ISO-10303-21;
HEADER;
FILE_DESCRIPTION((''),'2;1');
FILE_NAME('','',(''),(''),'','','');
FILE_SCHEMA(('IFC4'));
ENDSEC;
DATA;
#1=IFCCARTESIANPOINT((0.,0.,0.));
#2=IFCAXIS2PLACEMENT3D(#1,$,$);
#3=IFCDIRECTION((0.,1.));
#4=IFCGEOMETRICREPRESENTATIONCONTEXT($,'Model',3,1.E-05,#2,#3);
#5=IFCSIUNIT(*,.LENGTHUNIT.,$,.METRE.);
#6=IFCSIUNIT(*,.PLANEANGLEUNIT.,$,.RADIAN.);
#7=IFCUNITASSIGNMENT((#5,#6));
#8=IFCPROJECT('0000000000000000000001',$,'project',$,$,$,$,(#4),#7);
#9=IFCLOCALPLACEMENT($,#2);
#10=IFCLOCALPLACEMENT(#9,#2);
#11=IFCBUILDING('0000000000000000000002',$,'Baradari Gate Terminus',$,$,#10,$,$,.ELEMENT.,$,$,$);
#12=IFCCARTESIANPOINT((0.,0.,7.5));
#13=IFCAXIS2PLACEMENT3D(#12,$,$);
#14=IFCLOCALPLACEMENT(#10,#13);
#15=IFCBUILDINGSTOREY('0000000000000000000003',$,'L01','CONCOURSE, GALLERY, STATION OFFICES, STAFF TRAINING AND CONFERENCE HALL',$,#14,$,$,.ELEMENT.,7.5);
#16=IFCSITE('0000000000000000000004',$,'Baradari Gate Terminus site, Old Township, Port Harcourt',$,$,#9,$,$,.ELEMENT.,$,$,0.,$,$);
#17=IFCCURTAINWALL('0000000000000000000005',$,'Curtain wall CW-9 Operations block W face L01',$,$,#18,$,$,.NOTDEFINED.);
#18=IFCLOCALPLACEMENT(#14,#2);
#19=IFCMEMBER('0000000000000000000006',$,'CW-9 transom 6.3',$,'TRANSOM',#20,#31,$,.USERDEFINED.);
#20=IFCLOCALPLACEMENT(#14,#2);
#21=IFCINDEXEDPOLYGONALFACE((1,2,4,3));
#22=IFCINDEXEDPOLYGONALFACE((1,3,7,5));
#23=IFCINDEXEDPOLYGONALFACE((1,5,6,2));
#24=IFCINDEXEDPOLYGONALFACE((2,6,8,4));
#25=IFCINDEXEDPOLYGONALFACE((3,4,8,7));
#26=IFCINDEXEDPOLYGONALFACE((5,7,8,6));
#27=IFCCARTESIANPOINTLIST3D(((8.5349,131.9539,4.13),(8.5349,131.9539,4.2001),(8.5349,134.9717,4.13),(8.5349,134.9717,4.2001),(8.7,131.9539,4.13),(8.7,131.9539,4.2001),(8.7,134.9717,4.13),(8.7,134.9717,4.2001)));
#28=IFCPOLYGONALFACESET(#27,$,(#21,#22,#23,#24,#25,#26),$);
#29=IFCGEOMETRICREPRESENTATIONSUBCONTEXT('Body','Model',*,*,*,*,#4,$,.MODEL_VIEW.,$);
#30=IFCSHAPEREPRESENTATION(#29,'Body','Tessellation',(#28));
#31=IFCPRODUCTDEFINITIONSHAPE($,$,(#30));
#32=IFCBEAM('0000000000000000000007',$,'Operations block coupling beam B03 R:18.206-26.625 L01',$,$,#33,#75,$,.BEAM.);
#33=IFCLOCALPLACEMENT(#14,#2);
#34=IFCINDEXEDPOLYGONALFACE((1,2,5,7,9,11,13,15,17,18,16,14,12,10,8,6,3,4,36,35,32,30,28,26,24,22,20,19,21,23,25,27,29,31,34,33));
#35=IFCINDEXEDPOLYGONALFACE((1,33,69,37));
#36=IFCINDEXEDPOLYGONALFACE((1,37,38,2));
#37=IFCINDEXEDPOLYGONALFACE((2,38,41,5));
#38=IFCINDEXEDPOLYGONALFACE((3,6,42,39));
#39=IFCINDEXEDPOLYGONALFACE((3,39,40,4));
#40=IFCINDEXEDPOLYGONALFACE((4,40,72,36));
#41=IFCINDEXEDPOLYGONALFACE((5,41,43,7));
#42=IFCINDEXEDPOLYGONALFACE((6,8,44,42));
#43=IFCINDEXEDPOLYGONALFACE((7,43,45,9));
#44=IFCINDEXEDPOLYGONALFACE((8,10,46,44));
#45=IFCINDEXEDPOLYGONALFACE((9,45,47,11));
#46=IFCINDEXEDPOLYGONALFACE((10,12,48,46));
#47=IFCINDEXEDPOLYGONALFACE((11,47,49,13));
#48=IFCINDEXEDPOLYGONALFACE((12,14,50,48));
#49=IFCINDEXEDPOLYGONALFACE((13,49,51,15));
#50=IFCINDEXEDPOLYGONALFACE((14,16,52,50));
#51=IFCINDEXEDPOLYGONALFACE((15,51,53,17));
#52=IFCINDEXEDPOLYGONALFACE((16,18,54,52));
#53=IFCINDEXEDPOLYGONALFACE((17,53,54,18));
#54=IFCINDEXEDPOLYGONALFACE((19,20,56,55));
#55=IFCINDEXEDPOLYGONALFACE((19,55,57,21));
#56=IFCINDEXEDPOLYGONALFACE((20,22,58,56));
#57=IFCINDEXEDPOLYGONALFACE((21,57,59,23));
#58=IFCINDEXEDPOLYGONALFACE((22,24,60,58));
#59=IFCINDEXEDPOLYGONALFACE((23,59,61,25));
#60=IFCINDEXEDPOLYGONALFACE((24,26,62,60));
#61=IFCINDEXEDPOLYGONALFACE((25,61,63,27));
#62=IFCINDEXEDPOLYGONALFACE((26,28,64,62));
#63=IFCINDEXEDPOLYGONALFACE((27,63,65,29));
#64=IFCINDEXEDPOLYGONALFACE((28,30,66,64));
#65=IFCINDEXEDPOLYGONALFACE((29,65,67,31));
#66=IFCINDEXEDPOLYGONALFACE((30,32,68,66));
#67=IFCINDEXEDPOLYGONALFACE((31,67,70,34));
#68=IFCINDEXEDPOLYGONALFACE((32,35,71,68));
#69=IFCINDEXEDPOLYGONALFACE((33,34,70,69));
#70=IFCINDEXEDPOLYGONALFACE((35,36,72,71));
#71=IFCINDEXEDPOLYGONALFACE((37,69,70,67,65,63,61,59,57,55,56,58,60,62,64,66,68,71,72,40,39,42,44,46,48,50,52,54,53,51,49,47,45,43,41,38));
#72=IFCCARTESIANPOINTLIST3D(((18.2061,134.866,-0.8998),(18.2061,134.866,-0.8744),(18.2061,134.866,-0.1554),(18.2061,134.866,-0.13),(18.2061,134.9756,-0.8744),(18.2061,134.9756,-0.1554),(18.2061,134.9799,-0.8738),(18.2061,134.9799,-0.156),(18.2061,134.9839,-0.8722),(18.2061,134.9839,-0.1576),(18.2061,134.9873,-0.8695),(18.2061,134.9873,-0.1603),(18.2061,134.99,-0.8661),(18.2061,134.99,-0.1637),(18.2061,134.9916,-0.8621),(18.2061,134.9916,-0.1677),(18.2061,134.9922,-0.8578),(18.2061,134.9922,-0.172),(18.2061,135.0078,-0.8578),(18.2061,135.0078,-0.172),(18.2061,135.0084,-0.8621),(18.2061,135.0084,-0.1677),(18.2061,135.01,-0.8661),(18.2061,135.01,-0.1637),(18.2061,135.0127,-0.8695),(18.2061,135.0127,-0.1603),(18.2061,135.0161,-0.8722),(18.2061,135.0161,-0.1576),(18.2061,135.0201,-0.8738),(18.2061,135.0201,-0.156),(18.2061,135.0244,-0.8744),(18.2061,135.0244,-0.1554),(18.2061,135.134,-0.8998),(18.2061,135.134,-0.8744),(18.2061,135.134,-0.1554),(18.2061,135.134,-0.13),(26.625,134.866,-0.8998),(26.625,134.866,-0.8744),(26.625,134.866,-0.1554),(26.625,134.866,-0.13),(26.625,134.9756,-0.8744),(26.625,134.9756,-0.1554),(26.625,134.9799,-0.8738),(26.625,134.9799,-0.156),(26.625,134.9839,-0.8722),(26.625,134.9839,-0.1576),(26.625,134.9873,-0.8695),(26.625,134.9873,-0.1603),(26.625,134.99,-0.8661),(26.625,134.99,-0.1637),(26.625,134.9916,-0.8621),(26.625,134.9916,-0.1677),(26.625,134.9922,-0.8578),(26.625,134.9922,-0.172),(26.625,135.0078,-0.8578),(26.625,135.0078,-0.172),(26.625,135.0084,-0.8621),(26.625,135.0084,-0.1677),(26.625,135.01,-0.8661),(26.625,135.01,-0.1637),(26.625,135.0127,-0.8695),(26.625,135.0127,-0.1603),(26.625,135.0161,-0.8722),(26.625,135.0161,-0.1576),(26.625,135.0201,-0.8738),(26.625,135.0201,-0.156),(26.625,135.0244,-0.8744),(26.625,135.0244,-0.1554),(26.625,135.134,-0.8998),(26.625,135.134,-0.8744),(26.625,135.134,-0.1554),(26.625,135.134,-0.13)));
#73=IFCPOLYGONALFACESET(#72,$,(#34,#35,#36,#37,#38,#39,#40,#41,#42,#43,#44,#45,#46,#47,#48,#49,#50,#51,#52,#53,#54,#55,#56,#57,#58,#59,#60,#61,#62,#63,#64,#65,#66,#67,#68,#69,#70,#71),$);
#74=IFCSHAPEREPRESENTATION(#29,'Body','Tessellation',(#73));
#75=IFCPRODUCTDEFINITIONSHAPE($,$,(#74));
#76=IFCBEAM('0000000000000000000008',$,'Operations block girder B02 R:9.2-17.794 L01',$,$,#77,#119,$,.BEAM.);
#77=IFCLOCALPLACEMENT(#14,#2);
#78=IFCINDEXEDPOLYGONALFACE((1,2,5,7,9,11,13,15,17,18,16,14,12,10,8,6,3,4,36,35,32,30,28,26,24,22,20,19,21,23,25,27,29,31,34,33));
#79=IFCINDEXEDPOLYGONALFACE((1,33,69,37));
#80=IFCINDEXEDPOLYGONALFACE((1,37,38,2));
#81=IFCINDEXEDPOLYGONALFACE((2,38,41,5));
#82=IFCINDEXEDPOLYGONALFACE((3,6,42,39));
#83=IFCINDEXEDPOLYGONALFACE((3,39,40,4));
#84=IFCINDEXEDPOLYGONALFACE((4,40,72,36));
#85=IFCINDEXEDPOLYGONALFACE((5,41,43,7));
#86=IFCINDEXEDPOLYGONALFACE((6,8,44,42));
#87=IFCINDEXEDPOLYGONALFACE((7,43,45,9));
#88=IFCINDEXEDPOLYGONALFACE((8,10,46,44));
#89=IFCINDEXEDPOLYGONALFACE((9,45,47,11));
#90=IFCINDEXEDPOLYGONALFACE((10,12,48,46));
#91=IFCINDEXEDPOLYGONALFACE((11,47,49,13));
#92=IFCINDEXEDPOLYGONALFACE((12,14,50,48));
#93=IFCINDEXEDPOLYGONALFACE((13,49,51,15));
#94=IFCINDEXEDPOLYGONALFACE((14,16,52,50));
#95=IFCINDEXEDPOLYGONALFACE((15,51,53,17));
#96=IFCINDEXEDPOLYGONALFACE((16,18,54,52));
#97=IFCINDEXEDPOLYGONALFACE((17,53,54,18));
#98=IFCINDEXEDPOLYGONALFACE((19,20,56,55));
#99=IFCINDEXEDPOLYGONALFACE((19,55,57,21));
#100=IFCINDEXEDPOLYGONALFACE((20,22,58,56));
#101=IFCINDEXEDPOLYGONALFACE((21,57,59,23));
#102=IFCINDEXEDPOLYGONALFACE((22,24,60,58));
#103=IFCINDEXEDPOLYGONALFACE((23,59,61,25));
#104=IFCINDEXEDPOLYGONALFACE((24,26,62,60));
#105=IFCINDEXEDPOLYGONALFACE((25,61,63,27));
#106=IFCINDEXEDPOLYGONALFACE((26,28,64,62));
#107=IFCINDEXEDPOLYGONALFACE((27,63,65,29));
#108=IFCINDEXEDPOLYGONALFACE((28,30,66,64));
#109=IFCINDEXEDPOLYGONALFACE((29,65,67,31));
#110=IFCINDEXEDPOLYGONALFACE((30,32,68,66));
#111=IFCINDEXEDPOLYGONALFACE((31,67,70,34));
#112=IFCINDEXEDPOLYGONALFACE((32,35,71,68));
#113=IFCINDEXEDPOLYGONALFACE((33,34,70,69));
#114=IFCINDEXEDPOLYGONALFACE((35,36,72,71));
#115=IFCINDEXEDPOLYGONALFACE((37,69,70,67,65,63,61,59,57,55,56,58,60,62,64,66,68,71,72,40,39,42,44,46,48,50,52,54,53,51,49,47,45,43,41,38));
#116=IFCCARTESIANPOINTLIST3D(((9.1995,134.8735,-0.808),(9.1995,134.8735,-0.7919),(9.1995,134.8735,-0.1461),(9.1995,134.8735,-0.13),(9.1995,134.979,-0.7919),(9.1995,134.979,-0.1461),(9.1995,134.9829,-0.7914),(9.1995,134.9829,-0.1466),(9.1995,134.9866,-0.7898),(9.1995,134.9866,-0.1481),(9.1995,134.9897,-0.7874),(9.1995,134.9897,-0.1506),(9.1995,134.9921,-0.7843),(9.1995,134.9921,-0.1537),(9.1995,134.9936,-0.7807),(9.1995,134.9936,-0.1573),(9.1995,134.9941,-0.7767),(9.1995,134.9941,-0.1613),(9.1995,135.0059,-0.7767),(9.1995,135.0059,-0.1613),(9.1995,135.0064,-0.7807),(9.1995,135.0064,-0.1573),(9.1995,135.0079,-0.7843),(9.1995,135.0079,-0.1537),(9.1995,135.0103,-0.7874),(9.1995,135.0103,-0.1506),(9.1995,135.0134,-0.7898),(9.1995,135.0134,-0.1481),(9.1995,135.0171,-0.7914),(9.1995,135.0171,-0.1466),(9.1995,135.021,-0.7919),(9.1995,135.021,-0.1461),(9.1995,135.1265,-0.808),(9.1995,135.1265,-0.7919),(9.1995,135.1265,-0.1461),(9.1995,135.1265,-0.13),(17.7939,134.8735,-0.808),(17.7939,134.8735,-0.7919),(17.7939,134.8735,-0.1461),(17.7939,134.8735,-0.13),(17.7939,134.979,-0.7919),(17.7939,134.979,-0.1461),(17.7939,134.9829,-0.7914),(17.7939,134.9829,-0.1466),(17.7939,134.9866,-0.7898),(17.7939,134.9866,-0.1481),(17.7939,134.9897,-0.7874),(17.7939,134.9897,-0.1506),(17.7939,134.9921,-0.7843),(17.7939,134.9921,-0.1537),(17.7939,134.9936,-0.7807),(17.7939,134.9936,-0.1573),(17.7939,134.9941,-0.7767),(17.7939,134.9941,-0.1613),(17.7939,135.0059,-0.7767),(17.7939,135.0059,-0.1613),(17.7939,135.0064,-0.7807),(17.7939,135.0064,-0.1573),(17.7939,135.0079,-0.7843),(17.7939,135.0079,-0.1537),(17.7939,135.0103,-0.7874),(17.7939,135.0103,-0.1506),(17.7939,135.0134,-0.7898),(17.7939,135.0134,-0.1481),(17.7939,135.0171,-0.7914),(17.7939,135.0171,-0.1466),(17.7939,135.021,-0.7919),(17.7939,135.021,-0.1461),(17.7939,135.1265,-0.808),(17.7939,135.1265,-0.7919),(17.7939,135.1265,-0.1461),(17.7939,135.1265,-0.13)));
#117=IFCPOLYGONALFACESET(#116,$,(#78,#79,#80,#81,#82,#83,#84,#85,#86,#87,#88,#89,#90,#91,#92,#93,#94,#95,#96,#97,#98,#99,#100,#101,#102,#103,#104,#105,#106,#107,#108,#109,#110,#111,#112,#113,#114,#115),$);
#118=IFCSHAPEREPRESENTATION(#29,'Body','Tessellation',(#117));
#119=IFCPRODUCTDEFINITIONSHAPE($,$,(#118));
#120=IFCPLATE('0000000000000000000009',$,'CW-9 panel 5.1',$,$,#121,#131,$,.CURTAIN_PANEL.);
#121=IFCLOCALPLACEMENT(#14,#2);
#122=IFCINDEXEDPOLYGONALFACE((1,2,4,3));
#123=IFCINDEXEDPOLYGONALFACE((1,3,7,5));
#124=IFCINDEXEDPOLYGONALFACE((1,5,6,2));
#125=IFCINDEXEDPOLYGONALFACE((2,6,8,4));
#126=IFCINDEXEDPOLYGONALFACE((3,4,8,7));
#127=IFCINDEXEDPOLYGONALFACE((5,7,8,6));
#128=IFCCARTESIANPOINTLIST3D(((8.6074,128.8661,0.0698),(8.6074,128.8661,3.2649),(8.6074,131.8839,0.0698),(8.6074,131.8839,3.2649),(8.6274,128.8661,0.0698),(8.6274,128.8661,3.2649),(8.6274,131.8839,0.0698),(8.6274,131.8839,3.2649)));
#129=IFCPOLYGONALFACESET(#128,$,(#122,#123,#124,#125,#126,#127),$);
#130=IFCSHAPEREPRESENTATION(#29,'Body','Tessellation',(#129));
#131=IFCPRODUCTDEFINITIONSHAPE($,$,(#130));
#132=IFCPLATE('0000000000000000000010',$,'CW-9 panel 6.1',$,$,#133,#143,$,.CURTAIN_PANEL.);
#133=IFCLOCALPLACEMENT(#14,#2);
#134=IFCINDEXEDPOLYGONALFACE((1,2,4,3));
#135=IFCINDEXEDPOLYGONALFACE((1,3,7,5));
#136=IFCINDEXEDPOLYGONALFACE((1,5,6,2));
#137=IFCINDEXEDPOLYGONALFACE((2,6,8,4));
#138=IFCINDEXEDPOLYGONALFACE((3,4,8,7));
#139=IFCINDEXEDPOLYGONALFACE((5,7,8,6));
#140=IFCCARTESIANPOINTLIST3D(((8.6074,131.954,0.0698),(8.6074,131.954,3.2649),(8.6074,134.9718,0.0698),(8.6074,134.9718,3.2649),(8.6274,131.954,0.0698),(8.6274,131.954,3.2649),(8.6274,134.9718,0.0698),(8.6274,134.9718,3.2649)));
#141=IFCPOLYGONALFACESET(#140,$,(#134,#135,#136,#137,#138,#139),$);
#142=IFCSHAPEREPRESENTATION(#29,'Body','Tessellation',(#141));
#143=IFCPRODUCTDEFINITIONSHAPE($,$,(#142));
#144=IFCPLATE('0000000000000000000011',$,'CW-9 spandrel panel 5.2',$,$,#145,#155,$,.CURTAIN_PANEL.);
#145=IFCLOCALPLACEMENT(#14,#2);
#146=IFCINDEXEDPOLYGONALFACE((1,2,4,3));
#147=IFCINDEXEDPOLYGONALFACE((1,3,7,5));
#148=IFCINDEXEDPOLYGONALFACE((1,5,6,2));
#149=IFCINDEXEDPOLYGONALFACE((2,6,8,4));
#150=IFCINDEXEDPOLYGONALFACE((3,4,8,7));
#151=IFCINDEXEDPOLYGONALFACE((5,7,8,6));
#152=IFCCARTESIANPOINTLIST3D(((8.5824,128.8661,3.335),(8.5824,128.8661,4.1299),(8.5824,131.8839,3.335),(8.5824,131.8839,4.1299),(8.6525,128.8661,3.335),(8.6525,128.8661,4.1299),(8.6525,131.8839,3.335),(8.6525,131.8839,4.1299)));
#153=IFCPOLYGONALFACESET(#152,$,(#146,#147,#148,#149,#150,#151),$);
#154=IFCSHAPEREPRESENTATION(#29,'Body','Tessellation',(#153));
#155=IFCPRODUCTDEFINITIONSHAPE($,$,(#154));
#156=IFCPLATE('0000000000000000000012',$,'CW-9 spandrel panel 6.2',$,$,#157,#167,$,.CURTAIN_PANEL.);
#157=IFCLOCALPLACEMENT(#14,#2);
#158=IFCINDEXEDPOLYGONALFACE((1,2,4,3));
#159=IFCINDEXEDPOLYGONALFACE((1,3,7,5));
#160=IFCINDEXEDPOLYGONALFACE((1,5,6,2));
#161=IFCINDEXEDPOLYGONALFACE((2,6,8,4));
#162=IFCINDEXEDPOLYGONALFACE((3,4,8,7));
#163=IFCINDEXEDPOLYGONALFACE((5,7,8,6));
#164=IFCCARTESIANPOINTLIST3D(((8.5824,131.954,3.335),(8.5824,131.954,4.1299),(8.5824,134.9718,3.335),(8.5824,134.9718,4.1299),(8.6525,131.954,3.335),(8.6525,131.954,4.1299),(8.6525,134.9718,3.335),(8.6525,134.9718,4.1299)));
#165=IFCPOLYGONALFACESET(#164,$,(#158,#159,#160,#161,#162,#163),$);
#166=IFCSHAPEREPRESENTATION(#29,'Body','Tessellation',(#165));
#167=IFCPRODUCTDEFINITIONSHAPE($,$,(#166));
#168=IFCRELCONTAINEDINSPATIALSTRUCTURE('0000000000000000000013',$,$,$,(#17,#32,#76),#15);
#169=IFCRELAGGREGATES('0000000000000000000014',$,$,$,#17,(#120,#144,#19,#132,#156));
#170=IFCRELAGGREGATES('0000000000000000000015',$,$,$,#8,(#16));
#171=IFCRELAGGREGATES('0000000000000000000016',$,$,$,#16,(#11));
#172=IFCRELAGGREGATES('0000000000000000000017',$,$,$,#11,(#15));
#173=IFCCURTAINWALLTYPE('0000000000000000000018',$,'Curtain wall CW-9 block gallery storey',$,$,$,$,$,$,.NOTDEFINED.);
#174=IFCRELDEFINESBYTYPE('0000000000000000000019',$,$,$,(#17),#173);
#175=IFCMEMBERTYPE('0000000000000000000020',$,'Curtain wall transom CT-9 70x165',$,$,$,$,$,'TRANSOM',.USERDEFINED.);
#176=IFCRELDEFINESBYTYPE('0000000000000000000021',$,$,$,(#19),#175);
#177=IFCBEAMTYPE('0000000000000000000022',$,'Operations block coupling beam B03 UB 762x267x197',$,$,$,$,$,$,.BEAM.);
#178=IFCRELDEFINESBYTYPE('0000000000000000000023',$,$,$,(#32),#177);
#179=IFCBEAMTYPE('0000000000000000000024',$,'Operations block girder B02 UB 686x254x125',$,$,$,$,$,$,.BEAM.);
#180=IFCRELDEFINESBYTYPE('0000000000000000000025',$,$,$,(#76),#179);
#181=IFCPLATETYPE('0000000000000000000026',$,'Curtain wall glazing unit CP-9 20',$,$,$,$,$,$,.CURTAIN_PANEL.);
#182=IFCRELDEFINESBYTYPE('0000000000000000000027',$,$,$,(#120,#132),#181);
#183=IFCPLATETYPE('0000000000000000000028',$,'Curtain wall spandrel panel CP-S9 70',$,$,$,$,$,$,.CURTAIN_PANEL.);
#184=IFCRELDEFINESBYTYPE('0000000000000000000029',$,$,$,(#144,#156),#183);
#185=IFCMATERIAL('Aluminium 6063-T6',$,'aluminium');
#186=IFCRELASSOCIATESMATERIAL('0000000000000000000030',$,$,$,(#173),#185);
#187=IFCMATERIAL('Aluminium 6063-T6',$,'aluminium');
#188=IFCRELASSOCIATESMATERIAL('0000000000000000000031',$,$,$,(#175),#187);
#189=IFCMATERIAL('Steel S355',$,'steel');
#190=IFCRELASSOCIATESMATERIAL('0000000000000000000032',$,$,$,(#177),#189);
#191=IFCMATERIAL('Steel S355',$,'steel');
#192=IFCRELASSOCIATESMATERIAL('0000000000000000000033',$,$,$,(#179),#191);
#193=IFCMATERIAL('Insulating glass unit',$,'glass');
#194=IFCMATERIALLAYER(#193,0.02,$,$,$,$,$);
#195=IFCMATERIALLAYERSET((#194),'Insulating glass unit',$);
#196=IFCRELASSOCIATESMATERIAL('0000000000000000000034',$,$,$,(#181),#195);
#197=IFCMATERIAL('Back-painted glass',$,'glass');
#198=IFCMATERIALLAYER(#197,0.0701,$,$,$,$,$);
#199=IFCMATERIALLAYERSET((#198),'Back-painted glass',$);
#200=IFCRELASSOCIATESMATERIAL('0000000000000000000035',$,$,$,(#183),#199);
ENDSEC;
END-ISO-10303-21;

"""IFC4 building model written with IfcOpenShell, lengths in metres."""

from ifc_helpers import new_model, si_unit, direction, frame, origin, origin_2d, place, context, subcontext, project, spatial, rectangle, i_section, extrude, material, layer, layer_set, material_profile, profile_set, type_object, element, aggregate, save


model = new_model("IFC4")

# Units and contexts
model_context = context("Model", 3, precision=1e-05, world=origin(), true_north=direction((0.0, 1.0)))
body_context = subcontext(model_context, "Body", "Model", "MODEL_VIEW")
ifc_project = project(units=[si_unit("LENGTHUNIT", "METRE"), si_unit("PLANEANGLEUNIT", "RADIAN")], contexts=[model_context])

# Site, building, storey
site_placement = place(None, origin())
site = spatial("IfcSite", under=ifc_project, at=site_placement, Name="Baradari Gate Terminus site, Old Township, Port Harcourt", CompositionType="ELEMENT", RefElevation=0.0)
building_placement = place(site_placement, origin())
building = spatial("IfcBuilding", under=site, at=building_placement, Name="Baradari Gate Terminus", CompositionType="ELEMENT")
storey_placement = place(building_placement, frame((0.0, 0.0, 7.5)))
storey = spatial("IfcBuildingStorey", under=building, at=storey_placement, Name="L01", Description="CONCOURSE, GALLERY, STATION OFFICES, STAFF TRAINING AND CONFERENCE HALL", CompositionType="ELEMENT", Elevation=7.5)

# Curtain wall, member
ifc_material_1 = material(Name="Aluminium 6063-T6", Category="aluminium")
curtain_wall_type = type_object("IfcCurtainWallType", Name="Curtain wall CW-9 block gallery storey", PredefinedType="NOTDEFINED", material=ifc_material_1)
curtain_wall_placement = place(storey_placement, origin())
curtain_wall = element("IfcCurtainWall", 1, at=curtain_wall_placement, inside=storey, type_object=curtain_wall_type, Name="Curtain wall CW-9 Operations block W face L01", PredefinedType="NOTDEFINED")
ifc_material_2 = material(Name="Aluminium 6063-T6", Category="aluminium")
ifc_material_profile_1 = material_profile(ifc_material_2, rectangle(XDim=0.165, YDim=0.0701, at=origin_2d()), Name="CT-9 70X165")
ifc_profile_set_1 = profile_set([ifc_material_profile_1], Name="Aluminium 6063-T6")
member_type_1 = type_object("IfcMemberType", Name="Curtain wall transom CT-9 70x165", ElementType="TRANSOM", PredefinedType="USERDEFINED", material=ifc_profile_set_1)
member_1_placement = place(storey_placement, frame((8.6174, 131.9539, 4.165), z_axis=(0.0, 1.0, 0.0), x_axis=(-1.0, 0.0, 0.0)))
member_1 = element("IfcMember", 2, at=member_1_placement, type_object=member_type_1, Name="CW-9 transom 6.3", ObjectType="TRANSOM", PredefinedType="USERDEFINED", context=body_context, shape_type="SweptSolid", body=[
    extrude(rectangle(XDim=0.165, YDim=0.0701, at=origin_2d()), origin(), (0.0, 0.0, 1.0), 3.0178),
])

# Beams
ifc_material_3 = material(Name="Steel S355", Category="steel")
ifc_material_profile_2 = material_profile(ifc_material_3, i_section(OverallWidth=0.2681, OverallDepth=0.7698, WebThickness=0.0156, FlangeThickness=0.0254, FilletRadius=0.0166, at=origin_2d()), Name="UB 762x267x197")
ifc_profile_set_2 = profile_set([ifc_material_profile_2], Name="Steel S355")
beam_type_1 = type_object("IfcBeamType", Name="Operations block coupling beam B03 UB 762x267x197", PredefinedType="BEAM", material=ifc_profile_set_2)
beam_1_placement = place(storey_placement, frame((18.2061, 135.0, -0.5149), z_axis=(1.0, 0.0, 0.0), x_axis=(0.0, 1.0, 0.0)))
element("IfcBeam", 3, at=beam_1_placement, inside=storey, type_object=beam_type_1, Name="Operations block coupling beam B03 R:18.206-26.625 L01", PredefinedType="BEAM", context=body_context, shape_type="SweptSolid", body=[
    extrude(i_section(OverallWidth=0.2681, OverallDepth=0.7698, WebThickness=0.0156, FlangeThickness=0.0254, FilletRadius=0.0166, at=origin_2d()), origin(), (0.0, 0.0, 1.0), 8.4189),
])
ifc_material_4 = material(Name="Steel S355", Category="steel")
ifc_material_profile_3 = material_profile(ifc_material_4, i_section(OverallWidth=0.2529, OverallDepth=0.678, WebThickness=0.0117, FlangeThickness=0.0161, FilletRadius=0.0151, at=origin_2d()), Name="UB 686x254x125")
ifc_profile_set_3 = profile_set([ifc_material_profile_3], Name="Steel S355")
beam_type_2 = type_object("IfcBeamType", Name="Operations block girder B02 UB 686x254x125", PredefinedType="BEAM", material=ifc_profile_set_3)
beam_2_placement = place(storey_placement, frame((9.1995, 135.0, -0.469), z_axis=(1.0, 0.0, 0.0), x_axis=(0.0, 1.0, 0.0)))
element("IfcBeam", 4, at=beam_2_placement, inside=storey, type_object=beam_type_2, Name="Operations block girder B02 R:9.2-17.794 L01", PredefinedType="BEAM", context=body_context, shape_type="SweptSolid", body=[
    extrude(i_section(OverallWidth=0.2529, OverallDepth=0.678, WebThickness=0.0117, FlangeThickness=0.0161, FilletRadius=0.0151, at=origin_2d()), origin(), (0.0, 0.0, 1.0), 8.5945),
])

# Plates
ifc_material_5 = material(Name="Insulating glass unit", Category="glass")
ifc_layer_1 = layer(ifc_material_5, 0.02)
ifc_layer_set_1 = layer_set([ifc_layer_1], Name="Insulating glass unit")
plate_type_1 = type_object("IfcPlateType", Name="Curtain wall glazing unit CP-9 20", PredefinedType="CURTAIN_PANEL", material=ifc_layer_set_1)
plate_1_placement = place(storey_placement, frame((8.6174, 130.375, 0.0698), z_axis=(0.0, 0.0, 1.0), x_axis=(0.0, 1.0, 0.0)))
plate_1 = element("IfcPlate", 5, at=plate_1_placement, type_object=plate_type_1, Name="CW-9 panel 5.1", PredefinedType="CURTAIN_PANEL", context=body_context, shape_type="SweptSolid", body=[
    extrude(rectangle(XDim=3.0178, YDim=0.02, at=origin_2d()), origin(), (0.0, 0.0, 1.0), 3.1951),
])
plate_2_placement = place(storey_placement, frame((8.6174, 133.4629, 0.0698), z_axis=(0.0, 0.0, 1.0), x_axis=(0.0, 1.0, 0.0)))
plate_2 = element("IfcPlate", 6, at=plate_2_placement, type_object=plate_type_1, Name="CW-9 panel 6.1", PredefinedType="CURTAIN_PANEL", context=body_context, shape_type="SweptSolid", body=[
    extrude(rectangle(XDim=3.0178, YDim=0.02, at=origin_2d()), origin(), (0.0, 0.0, 1.0), 3.1951),
])
ifc_material_6 = material(Name="Back-painted glass", Category="glass")
ifc_layer_2 = layer(ifc_material_6, 0.0701)
ifc_layer_set_2 = layer_set([ifc_layer_2], Name="Back-painted glass")
plate_type_2 = type_object("IfcPlateType", Name="Curtain wall spandrel panel CP-S9 70", PredefinedType="CURTAIN_PANEL", material=ifc_layer_set_2)
plate_3_placement = place(storey_placement, frame((8.6174, 130.375, 3.335), z_axis=(0.0, 0.0, 1.0), x_axis=(0.0, 1.0, 0.0)))
plate_3 = element("IfcPlate", 7, at=plate_3_placement, type_object=plate_type_2, Name="CW-9 spandrel panel 5.2", PredefinedType="CURTAIN_PANEL", context=body_context, shape_type="SweptSolid", body=[
    extrude(rectangle(XDim=3.0178, YDim=0.0701, at=origin_2d()), origin(), (0.0, 0.0, 1.0), 0.7949),
])
plate_4_placement = place(storey_placement, frame((8.6174, 133.4629, 3.335), z_axis=(0.0, 0.0, 1.0), x_axis=(0.0, 1.0, 0.0)))
plate_4 = element("IfcPlate", 8, at=plate_4_placement, type_object=plate_type_2, Name="CW-9 spandrel panel 6.2", PredefinedType="CURTAIN_PANEL", context=body_context, shape_type="SweptSolid", body=[
    extrude(rectangle(XDim=3.0178, YDim=0.0701, at=origin_2d()), origin(), (0.0, 0.0, 1.0), 0.7949),
])
aggregate(curtain_wall, [plate_1, plate_3, member_1, plate_2, plate_4])

save(model, "model.ifc")
